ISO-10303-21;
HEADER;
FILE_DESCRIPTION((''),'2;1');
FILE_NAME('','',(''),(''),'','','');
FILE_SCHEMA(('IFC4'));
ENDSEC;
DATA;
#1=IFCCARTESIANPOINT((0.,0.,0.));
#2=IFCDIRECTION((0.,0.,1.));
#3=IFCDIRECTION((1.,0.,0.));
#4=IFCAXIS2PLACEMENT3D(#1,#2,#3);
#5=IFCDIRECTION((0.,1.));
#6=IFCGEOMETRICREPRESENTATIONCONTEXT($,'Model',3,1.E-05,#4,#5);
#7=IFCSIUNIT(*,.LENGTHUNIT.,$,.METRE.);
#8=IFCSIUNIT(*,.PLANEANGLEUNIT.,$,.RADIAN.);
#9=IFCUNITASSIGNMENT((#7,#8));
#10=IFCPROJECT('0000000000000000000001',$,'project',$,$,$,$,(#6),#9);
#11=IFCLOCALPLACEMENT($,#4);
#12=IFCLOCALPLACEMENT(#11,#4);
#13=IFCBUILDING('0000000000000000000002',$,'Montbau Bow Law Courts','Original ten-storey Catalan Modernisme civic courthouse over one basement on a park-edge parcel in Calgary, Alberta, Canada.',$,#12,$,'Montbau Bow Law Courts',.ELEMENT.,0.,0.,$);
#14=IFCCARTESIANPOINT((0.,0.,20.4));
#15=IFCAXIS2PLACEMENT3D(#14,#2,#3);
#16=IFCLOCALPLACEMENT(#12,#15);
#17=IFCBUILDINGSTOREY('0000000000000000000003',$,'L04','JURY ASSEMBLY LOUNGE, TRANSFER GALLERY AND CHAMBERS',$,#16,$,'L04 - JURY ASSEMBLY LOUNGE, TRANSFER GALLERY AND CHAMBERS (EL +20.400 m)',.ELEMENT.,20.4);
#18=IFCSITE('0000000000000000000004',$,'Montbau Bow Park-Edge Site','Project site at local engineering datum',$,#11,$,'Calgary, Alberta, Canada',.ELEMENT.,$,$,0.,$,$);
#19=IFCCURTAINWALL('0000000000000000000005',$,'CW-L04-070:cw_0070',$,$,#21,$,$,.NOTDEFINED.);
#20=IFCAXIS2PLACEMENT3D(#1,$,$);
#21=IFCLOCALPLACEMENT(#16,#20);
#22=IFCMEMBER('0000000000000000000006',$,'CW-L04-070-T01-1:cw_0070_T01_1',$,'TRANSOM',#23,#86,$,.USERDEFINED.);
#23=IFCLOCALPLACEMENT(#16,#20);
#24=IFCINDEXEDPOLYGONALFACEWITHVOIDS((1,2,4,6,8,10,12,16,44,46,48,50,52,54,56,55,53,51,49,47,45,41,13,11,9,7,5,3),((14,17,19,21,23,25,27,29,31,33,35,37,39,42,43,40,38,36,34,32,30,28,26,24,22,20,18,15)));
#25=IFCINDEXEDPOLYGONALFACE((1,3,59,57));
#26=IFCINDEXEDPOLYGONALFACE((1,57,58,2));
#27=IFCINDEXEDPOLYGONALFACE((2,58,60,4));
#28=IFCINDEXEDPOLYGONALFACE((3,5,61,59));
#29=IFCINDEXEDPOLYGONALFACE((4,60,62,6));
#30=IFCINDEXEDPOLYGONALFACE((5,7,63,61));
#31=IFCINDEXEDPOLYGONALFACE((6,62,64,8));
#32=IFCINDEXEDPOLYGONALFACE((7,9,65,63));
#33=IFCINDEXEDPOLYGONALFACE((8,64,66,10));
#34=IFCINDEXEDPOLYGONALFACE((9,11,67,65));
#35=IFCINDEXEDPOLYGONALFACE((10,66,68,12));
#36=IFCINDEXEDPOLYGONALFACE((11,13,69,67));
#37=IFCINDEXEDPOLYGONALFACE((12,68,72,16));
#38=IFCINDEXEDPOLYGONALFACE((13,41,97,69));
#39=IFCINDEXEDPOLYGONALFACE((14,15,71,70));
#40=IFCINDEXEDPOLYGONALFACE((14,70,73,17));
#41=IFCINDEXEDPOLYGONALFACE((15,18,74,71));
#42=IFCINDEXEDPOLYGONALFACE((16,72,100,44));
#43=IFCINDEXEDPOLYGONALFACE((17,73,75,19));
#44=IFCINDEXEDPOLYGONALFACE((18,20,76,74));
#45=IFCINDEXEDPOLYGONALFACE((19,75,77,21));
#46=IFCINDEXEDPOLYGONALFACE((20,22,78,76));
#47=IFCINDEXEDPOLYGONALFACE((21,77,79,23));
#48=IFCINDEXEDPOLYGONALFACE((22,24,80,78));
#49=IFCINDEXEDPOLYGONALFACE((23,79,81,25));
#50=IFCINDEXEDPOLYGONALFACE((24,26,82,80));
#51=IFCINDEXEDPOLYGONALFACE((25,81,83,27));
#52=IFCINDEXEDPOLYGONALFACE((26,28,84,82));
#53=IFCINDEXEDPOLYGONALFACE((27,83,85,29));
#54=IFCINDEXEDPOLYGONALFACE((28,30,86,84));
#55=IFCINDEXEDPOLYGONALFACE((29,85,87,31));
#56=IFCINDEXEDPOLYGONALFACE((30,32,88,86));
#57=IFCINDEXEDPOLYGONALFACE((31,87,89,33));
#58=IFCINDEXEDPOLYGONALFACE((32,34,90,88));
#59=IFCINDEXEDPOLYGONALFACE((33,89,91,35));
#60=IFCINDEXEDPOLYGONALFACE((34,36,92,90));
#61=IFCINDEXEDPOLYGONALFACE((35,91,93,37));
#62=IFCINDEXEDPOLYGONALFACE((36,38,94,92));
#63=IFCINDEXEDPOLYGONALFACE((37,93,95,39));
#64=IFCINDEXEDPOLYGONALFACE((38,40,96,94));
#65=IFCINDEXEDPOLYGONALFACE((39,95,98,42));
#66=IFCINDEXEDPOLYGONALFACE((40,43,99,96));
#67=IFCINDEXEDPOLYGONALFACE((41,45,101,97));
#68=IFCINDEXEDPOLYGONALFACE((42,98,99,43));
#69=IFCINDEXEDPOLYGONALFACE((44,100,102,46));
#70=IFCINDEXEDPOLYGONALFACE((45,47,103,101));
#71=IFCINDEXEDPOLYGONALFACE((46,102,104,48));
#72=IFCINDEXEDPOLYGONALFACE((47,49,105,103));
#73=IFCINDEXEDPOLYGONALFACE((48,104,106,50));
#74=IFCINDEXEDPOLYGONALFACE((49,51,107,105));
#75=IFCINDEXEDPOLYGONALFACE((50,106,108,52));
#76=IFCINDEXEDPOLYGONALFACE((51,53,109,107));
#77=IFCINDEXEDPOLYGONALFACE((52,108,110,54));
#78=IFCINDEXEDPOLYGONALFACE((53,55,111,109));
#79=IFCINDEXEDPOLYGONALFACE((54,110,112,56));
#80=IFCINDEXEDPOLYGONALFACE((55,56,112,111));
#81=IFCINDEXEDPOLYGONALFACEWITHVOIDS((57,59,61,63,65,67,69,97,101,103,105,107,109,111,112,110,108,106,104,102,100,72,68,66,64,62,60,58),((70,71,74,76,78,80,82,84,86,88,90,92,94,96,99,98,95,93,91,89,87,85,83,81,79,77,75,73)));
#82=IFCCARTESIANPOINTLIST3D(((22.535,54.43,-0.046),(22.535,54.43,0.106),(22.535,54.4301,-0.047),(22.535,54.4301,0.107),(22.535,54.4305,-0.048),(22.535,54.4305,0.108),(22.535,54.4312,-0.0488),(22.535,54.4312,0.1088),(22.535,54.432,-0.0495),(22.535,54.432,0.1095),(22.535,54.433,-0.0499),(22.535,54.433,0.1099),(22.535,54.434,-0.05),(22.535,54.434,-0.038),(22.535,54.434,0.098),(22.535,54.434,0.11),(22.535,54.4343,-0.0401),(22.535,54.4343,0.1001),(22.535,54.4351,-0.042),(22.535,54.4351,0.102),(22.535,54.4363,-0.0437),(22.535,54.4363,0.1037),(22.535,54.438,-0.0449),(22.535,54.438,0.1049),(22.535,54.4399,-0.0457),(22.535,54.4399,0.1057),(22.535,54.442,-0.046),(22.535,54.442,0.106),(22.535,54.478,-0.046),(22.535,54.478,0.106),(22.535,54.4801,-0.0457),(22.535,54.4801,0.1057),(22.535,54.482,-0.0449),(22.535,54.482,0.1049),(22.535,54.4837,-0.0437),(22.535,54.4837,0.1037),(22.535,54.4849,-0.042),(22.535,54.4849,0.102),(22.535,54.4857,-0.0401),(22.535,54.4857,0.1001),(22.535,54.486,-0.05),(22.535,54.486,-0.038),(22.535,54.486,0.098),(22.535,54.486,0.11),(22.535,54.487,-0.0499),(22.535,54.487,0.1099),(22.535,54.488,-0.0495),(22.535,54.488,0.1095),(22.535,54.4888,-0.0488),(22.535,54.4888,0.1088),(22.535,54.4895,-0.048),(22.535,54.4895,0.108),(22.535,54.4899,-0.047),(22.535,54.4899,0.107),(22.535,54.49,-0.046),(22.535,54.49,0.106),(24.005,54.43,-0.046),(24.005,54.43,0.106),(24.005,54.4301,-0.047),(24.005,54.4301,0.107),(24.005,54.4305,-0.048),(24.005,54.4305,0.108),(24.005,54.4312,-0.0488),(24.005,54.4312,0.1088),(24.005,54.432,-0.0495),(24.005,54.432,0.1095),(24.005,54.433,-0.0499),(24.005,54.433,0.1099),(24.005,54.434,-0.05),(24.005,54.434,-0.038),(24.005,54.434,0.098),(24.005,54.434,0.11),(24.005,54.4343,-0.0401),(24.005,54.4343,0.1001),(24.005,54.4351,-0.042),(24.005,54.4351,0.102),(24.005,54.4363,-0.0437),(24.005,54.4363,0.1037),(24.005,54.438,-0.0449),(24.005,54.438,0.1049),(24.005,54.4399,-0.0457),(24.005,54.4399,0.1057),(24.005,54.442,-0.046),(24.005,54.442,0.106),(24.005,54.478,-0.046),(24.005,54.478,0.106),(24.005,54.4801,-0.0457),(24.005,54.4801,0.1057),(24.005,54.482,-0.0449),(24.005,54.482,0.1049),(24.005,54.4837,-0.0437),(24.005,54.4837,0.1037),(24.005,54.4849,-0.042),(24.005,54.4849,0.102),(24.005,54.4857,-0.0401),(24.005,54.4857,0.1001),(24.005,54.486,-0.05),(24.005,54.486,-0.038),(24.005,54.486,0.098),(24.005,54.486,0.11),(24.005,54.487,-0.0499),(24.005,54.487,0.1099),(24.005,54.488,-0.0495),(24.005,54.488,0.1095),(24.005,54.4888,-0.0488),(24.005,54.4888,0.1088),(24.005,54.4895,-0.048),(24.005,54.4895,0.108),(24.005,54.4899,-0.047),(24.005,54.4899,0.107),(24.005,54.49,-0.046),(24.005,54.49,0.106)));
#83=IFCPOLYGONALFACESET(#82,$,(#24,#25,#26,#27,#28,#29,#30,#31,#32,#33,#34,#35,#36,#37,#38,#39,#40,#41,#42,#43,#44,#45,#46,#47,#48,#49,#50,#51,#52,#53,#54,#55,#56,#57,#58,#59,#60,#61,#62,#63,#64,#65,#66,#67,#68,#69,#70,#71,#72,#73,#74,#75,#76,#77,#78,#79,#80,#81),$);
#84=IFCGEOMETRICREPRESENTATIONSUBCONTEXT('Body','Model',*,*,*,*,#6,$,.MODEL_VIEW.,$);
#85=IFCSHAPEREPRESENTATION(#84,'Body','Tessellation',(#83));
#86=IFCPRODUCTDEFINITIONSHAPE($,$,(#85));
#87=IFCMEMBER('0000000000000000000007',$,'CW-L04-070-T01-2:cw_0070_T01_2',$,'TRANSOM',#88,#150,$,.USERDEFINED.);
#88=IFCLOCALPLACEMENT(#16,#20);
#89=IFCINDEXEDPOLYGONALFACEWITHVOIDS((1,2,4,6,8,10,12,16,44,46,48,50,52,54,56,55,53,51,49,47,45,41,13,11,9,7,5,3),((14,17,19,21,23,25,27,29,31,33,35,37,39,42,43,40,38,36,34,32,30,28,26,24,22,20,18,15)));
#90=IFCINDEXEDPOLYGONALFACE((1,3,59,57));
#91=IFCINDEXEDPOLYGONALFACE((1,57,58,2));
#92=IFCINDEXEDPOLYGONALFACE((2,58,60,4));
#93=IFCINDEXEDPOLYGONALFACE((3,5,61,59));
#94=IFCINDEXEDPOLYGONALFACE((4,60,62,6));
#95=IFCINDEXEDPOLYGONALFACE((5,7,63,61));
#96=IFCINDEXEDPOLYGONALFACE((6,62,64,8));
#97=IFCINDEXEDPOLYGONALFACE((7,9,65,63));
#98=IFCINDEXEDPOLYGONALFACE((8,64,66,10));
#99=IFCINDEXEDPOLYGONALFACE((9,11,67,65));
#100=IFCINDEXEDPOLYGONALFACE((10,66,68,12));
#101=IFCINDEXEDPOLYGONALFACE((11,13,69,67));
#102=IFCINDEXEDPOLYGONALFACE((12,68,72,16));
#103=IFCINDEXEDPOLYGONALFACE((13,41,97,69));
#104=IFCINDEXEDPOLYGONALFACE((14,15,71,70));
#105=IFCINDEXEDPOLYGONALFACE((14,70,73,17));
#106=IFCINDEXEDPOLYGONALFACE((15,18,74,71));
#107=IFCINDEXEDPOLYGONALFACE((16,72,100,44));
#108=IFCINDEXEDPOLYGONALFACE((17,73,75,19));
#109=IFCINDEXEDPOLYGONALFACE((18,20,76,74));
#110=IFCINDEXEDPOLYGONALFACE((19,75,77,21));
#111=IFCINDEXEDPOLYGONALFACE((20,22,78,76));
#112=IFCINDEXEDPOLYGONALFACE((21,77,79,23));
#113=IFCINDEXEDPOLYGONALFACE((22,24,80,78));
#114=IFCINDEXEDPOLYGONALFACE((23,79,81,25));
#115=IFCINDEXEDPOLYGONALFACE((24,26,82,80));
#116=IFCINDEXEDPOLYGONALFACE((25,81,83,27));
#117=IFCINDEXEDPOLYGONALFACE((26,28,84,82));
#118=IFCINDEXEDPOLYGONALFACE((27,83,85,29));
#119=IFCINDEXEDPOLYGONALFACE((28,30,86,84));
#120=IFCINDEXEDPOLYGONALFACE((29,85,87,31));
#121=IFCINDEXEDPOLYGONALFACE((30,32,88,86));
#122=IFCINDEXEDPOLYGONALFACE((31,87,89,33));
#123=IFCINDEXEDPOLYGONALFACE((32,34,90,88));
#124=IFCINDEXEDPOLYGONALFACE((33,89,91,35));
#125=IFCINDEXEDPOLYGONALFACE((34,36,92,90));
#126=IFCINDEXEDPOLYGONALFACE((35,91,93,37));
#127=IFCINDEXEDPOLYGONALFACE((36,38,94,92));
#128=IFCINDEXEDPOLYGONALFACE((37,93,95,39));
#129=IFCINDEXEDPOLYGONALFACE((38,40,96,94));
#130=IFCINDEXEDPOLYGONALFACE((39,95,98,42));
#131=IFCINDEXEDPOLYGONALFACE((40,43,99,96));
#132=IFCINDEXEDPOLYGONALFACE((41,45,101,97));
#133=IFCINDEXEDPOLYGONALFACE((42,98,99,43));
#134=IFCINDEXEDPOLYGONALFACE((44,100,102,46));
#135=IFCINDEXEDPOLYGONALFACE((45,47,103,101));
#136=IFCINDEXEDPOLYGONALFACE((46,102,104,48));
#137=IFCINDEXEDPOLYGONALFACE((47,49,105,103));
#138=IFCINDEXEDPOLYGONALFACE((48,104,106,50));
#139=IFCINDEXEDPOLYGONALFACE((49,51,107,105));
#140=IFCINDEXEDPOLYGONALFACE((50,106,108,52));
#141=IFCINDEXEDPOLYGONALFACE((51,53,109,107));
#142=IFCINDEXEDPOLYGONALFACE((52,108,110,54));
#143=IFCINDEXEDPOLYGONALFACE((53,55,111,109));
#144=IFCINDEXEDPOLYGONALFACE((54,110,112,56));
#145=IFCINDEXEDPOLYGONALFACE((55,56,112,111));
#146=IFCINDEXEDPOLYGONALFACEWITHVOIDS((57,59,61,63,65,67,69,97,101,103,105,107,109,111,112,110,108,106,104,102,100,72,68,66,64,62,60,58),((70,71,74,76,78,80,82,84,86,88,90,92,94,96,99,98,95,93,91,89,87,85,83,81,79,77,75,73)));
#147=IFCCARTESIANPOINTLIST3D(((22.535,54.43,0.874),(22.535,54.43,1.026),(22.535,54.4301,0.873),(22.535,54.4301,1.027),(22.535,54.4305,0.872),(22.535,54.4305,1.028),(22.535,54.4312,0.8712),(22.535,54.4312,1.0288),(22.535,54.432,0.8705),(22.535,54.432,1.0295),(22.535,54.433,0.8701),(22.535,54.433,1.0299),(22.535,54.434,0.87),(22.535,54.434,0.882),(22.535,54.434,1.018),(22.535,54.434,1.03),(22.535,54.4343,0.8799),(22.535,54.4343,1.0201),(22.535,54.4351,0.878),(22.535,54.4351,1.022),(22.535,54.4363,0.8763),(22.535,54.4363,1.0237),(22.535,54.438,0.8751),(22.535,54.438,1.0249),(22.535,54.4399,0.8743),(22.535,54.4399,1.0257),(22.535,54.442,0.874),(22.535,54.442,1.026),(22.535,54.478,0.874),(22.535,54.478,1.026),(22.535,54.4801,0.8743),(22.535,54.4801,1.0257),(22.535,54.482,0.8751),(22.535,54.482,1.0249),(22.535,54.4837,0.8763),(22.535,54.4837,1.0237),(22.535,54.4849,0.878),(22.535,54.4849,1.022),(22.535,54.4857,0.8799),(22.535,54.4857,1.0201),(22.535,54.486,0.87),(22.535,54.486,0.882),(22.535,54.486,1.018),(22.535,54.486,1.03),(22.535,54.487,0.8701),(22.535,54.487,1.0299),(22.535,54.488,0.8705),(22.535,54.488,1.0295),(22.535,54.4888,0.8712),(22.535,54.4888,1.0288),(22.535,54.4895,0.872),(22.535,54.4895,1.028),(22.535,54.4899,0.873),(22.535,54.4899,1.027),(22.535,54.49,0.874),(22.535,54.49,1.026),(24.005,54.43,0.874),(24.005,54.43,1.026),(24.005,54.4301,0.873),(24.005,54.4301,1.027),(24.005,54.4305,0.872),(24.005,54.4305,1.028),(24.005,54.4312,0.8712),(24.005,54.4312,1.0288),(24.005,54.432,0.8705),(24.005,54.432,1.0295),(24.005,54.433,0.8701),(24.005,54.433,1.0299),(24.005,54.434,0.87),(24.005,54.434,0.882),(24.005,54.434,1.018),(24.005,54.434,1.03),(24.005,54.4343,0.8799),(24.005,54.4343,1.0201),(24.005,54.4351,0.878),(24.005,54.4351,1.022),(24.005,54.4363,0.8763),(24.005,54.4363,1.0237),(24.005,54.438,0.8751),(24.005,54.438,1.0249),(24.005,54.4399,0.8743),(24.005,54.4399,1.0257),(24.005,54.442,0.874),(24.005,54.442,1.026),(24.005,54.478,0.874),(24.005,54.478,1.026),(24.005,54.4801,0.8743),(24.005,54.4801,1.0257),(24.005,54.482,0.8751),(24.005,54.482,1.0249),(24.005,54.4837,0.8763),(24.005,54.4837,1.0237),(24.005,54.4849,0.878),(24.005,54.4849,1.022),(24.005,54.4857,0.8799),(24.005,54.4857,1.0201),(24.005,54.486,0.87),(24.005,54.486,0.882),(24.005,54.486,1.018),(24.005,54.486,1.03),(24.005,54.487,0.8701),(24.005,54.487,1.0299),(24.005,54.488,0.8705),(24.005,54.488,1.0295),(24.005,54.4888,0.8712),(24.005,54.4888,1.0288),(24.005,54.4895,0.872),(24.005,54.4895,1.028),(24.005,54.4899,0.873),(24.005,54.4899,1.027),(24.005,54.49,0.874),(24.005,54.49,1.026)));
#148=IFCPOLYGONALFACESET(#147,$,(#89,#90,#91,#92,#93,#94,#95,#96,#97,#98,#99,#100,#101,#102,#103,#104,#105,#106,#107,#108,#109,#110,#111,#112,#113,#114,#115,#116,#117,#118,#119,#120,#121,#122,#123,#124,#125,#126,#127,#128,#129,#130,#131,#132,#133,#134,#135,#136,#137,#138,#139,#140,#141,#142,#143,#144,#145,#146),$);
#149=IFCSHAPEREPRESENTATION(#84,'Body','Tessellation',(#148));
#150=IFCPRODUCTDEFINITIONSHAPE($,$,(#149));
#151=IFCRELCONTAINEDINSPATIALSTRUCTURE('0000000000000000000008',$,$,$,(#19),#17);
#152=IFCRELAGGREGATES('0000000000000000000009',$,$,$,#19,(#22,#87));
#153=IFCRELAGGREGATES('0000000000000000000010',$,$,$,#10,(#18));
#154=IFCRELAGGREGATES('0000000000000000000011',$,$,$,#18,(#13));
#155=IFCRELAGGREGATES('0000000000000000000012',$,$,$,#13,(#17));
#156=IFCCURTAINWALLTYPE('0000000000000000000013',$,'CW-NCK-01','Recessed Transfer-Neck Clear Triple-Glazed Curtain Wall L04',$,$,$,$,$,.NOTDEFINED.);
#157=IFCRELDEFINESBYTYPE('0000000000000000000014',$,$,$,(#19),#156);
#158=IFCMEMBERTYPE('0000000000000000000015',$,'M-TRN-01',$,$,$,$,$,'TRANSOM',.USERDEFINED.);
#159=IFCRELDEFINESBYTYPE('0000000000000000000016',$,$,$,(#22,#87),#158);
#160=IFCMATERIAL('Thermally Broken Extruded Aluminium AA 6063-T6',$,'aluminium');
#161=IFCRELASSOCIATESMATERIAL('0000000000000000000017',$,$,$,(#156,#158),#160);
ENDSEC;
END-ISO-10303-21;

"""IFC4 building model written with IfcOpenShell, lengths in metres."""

from ifc_helpers import new_model, si_unit, direction, frame, origin_with_axes, origin_2d_with_axis, place, context, subcontext, project, spatial, hollow_rectangle, extrude, material, material_profile, profile_set, type_object, element, aggregate, save


model = new_model("IFC4")

# Units and contexts
model_context = context("Model", 3, precision=1e-05, world=origin_with_axes(), true_north=direction((0.0, 1.0)))
body_context = subcontext(model_context, "Body", "Model", "MODEL_VIEW")
ifc_project = project(units=[si_unit("LENGTHUNIT", "METRE"), si_unit("PLANEANGLEUNIT", "RADIAN")], contexts=[model_context])

# Site, building, storey
site_placement = place(None, origin_with_axes())
site = spatial("IfcSite", under=ifc_project, at=site_placement, Name="Montbau Bow Park-Edge Site", Description="Project site at local engineering datum", LongName="Calgary, Alberta, Canada", CompositionType="ELEMENT", RefElevation=0.0)
building_placement = place(site_placement, origin_with_axes())
building = spatial("IfcBuilding", under=site, at=building_placement, Name="Montbau Bow Law Courts", Description="Original ten-storey Catalan Modernisme civic courthouse over one basement on a park-edge parcel in Calgary, Alberta, Canada.", LongName="Montbau Bow Law Courts", CompositionType="ELEMENT", ElevationOfRefHeight=0.0, ElevationOfTerrain=0.0)
storey_placement = place(building_placement, frame((0.0, 0.0, 20.4), z_axis=(0.0, 0.0, 1.0), x_axis=(1.0, 0.0, 0.0)))
storey = spatial("IfcBuildingStorey", under=building, at=storey_placement, Name="L04", Description="JURY ASSEMBLY LOUNGE, TRANSFER GALLERY AND CHAMBERS", LongName="L04 - JURY ASSEMBLY LOUNGE, TRANSFER GALLERY AND CHAMBERS (EL +20.400 m)", CompositionType="ELEMENT", Elevation=20.4)

# Curtain wall, members
ifc_material_1 = material(Name="Thermally Broken Extruded Aluminium AA 6063-T6", Category="aluminium")
curtain_wall_type = type_object("IfcCurtainWallType", Name="CW-NCK-01", Description="Recessed Transfer-Neck Clear Triple-Glazed Curtain Wall L04", PredefinedType="NOTDEFINED", material=ifc_material_1)
curtain_wall_placement = place(None, frame((22.467, 54.46, 20.4), z_axis=(0.0, 0.0, 1.0), x_axis=(1.0, 0.0, 0.0)))
curtain_wall = element("IfcCurtainWall", 1, at=curtain_wall_placement, inside=storey, type_object=curtain_wall_type, Name="CW-L04-070:cw_0070", PredefinedType="NOTDEFINED")
ifc_material_profile_1 = material_profile(ifc_material_1, hollow_rectangle(XDim=0.06, YDim=0.16, WallThickness=0.004, InnerFilletRadius=0.008, OuterFilletRadius=0.004, at=origin_2d_with_axis()), Name="CWT-160X60", Category="Main", Priority=0)
ifc_profile_set_1 = profile_set([ifc_material_profile_1], Name="Thermally Broken Extruded Aluminium AA 6063-T6")
member_type_1 = type_object("IfcMemberType", Name="M-TRN-01", ElementType="TRANSOM", PredefinedType="USERDEFINED", material=ifc_profile_set_1)
member_1_placement = place(None, frame((22.535, 54.46, 20.43), z_axis=(1.0, 0.0, 0.0), x_axis=(0.0, 1.0, 0.0)))
member_1 = element("IfcMember", 2, at=member_1_placement, type_object=member_type_1, Name="CW-L04-070-T01-1:cw_0070_T01_1", ObjectType="TRANSOM", PredefinedType="USERDEFINED", context=body_context, shape_type="SweptSolid", body=[
    extrude(hollow_rectangle(XDim=0.06, YDim=0.16, WallThickness=0.004, InnerFilletRadius=0.008, OuterFilletRadius=0.004, at=origin_2d_with_axis()), origin_with_axes(), (0.0, 0.0, 1.0), 1.47),
])
member_2_placement = place(None, frame((22.535, 54.46, 21.35), z_axis=(1.0, 0.0, 0.0), x_axis=(0.0, 1.0, 0.0)))
member_2 = element("IfcMember", 3, at=member_2_placement, type_object=member_type_1, Name="CW-L04-070-T01-2:cw_0070_T01_2", ObjectType="TRANSOM", PredefinedType="USERDEFINED", context=body_context, shape_type="SweptSolid", body=[
    extrude(hollow_rectangle(XDim=0.06, YDim=0.16, WallThickness=0.004, InnerFilletRadius=0.008, OuterFilletRadius=0.004, at=origin_2d_with_axis()), origin_with_axes(), (0.0, 0.0, 1.0), 1.47),
])
aggregate(curtain_wall, [member_1, member_2])

save(model, "model.ifc")
